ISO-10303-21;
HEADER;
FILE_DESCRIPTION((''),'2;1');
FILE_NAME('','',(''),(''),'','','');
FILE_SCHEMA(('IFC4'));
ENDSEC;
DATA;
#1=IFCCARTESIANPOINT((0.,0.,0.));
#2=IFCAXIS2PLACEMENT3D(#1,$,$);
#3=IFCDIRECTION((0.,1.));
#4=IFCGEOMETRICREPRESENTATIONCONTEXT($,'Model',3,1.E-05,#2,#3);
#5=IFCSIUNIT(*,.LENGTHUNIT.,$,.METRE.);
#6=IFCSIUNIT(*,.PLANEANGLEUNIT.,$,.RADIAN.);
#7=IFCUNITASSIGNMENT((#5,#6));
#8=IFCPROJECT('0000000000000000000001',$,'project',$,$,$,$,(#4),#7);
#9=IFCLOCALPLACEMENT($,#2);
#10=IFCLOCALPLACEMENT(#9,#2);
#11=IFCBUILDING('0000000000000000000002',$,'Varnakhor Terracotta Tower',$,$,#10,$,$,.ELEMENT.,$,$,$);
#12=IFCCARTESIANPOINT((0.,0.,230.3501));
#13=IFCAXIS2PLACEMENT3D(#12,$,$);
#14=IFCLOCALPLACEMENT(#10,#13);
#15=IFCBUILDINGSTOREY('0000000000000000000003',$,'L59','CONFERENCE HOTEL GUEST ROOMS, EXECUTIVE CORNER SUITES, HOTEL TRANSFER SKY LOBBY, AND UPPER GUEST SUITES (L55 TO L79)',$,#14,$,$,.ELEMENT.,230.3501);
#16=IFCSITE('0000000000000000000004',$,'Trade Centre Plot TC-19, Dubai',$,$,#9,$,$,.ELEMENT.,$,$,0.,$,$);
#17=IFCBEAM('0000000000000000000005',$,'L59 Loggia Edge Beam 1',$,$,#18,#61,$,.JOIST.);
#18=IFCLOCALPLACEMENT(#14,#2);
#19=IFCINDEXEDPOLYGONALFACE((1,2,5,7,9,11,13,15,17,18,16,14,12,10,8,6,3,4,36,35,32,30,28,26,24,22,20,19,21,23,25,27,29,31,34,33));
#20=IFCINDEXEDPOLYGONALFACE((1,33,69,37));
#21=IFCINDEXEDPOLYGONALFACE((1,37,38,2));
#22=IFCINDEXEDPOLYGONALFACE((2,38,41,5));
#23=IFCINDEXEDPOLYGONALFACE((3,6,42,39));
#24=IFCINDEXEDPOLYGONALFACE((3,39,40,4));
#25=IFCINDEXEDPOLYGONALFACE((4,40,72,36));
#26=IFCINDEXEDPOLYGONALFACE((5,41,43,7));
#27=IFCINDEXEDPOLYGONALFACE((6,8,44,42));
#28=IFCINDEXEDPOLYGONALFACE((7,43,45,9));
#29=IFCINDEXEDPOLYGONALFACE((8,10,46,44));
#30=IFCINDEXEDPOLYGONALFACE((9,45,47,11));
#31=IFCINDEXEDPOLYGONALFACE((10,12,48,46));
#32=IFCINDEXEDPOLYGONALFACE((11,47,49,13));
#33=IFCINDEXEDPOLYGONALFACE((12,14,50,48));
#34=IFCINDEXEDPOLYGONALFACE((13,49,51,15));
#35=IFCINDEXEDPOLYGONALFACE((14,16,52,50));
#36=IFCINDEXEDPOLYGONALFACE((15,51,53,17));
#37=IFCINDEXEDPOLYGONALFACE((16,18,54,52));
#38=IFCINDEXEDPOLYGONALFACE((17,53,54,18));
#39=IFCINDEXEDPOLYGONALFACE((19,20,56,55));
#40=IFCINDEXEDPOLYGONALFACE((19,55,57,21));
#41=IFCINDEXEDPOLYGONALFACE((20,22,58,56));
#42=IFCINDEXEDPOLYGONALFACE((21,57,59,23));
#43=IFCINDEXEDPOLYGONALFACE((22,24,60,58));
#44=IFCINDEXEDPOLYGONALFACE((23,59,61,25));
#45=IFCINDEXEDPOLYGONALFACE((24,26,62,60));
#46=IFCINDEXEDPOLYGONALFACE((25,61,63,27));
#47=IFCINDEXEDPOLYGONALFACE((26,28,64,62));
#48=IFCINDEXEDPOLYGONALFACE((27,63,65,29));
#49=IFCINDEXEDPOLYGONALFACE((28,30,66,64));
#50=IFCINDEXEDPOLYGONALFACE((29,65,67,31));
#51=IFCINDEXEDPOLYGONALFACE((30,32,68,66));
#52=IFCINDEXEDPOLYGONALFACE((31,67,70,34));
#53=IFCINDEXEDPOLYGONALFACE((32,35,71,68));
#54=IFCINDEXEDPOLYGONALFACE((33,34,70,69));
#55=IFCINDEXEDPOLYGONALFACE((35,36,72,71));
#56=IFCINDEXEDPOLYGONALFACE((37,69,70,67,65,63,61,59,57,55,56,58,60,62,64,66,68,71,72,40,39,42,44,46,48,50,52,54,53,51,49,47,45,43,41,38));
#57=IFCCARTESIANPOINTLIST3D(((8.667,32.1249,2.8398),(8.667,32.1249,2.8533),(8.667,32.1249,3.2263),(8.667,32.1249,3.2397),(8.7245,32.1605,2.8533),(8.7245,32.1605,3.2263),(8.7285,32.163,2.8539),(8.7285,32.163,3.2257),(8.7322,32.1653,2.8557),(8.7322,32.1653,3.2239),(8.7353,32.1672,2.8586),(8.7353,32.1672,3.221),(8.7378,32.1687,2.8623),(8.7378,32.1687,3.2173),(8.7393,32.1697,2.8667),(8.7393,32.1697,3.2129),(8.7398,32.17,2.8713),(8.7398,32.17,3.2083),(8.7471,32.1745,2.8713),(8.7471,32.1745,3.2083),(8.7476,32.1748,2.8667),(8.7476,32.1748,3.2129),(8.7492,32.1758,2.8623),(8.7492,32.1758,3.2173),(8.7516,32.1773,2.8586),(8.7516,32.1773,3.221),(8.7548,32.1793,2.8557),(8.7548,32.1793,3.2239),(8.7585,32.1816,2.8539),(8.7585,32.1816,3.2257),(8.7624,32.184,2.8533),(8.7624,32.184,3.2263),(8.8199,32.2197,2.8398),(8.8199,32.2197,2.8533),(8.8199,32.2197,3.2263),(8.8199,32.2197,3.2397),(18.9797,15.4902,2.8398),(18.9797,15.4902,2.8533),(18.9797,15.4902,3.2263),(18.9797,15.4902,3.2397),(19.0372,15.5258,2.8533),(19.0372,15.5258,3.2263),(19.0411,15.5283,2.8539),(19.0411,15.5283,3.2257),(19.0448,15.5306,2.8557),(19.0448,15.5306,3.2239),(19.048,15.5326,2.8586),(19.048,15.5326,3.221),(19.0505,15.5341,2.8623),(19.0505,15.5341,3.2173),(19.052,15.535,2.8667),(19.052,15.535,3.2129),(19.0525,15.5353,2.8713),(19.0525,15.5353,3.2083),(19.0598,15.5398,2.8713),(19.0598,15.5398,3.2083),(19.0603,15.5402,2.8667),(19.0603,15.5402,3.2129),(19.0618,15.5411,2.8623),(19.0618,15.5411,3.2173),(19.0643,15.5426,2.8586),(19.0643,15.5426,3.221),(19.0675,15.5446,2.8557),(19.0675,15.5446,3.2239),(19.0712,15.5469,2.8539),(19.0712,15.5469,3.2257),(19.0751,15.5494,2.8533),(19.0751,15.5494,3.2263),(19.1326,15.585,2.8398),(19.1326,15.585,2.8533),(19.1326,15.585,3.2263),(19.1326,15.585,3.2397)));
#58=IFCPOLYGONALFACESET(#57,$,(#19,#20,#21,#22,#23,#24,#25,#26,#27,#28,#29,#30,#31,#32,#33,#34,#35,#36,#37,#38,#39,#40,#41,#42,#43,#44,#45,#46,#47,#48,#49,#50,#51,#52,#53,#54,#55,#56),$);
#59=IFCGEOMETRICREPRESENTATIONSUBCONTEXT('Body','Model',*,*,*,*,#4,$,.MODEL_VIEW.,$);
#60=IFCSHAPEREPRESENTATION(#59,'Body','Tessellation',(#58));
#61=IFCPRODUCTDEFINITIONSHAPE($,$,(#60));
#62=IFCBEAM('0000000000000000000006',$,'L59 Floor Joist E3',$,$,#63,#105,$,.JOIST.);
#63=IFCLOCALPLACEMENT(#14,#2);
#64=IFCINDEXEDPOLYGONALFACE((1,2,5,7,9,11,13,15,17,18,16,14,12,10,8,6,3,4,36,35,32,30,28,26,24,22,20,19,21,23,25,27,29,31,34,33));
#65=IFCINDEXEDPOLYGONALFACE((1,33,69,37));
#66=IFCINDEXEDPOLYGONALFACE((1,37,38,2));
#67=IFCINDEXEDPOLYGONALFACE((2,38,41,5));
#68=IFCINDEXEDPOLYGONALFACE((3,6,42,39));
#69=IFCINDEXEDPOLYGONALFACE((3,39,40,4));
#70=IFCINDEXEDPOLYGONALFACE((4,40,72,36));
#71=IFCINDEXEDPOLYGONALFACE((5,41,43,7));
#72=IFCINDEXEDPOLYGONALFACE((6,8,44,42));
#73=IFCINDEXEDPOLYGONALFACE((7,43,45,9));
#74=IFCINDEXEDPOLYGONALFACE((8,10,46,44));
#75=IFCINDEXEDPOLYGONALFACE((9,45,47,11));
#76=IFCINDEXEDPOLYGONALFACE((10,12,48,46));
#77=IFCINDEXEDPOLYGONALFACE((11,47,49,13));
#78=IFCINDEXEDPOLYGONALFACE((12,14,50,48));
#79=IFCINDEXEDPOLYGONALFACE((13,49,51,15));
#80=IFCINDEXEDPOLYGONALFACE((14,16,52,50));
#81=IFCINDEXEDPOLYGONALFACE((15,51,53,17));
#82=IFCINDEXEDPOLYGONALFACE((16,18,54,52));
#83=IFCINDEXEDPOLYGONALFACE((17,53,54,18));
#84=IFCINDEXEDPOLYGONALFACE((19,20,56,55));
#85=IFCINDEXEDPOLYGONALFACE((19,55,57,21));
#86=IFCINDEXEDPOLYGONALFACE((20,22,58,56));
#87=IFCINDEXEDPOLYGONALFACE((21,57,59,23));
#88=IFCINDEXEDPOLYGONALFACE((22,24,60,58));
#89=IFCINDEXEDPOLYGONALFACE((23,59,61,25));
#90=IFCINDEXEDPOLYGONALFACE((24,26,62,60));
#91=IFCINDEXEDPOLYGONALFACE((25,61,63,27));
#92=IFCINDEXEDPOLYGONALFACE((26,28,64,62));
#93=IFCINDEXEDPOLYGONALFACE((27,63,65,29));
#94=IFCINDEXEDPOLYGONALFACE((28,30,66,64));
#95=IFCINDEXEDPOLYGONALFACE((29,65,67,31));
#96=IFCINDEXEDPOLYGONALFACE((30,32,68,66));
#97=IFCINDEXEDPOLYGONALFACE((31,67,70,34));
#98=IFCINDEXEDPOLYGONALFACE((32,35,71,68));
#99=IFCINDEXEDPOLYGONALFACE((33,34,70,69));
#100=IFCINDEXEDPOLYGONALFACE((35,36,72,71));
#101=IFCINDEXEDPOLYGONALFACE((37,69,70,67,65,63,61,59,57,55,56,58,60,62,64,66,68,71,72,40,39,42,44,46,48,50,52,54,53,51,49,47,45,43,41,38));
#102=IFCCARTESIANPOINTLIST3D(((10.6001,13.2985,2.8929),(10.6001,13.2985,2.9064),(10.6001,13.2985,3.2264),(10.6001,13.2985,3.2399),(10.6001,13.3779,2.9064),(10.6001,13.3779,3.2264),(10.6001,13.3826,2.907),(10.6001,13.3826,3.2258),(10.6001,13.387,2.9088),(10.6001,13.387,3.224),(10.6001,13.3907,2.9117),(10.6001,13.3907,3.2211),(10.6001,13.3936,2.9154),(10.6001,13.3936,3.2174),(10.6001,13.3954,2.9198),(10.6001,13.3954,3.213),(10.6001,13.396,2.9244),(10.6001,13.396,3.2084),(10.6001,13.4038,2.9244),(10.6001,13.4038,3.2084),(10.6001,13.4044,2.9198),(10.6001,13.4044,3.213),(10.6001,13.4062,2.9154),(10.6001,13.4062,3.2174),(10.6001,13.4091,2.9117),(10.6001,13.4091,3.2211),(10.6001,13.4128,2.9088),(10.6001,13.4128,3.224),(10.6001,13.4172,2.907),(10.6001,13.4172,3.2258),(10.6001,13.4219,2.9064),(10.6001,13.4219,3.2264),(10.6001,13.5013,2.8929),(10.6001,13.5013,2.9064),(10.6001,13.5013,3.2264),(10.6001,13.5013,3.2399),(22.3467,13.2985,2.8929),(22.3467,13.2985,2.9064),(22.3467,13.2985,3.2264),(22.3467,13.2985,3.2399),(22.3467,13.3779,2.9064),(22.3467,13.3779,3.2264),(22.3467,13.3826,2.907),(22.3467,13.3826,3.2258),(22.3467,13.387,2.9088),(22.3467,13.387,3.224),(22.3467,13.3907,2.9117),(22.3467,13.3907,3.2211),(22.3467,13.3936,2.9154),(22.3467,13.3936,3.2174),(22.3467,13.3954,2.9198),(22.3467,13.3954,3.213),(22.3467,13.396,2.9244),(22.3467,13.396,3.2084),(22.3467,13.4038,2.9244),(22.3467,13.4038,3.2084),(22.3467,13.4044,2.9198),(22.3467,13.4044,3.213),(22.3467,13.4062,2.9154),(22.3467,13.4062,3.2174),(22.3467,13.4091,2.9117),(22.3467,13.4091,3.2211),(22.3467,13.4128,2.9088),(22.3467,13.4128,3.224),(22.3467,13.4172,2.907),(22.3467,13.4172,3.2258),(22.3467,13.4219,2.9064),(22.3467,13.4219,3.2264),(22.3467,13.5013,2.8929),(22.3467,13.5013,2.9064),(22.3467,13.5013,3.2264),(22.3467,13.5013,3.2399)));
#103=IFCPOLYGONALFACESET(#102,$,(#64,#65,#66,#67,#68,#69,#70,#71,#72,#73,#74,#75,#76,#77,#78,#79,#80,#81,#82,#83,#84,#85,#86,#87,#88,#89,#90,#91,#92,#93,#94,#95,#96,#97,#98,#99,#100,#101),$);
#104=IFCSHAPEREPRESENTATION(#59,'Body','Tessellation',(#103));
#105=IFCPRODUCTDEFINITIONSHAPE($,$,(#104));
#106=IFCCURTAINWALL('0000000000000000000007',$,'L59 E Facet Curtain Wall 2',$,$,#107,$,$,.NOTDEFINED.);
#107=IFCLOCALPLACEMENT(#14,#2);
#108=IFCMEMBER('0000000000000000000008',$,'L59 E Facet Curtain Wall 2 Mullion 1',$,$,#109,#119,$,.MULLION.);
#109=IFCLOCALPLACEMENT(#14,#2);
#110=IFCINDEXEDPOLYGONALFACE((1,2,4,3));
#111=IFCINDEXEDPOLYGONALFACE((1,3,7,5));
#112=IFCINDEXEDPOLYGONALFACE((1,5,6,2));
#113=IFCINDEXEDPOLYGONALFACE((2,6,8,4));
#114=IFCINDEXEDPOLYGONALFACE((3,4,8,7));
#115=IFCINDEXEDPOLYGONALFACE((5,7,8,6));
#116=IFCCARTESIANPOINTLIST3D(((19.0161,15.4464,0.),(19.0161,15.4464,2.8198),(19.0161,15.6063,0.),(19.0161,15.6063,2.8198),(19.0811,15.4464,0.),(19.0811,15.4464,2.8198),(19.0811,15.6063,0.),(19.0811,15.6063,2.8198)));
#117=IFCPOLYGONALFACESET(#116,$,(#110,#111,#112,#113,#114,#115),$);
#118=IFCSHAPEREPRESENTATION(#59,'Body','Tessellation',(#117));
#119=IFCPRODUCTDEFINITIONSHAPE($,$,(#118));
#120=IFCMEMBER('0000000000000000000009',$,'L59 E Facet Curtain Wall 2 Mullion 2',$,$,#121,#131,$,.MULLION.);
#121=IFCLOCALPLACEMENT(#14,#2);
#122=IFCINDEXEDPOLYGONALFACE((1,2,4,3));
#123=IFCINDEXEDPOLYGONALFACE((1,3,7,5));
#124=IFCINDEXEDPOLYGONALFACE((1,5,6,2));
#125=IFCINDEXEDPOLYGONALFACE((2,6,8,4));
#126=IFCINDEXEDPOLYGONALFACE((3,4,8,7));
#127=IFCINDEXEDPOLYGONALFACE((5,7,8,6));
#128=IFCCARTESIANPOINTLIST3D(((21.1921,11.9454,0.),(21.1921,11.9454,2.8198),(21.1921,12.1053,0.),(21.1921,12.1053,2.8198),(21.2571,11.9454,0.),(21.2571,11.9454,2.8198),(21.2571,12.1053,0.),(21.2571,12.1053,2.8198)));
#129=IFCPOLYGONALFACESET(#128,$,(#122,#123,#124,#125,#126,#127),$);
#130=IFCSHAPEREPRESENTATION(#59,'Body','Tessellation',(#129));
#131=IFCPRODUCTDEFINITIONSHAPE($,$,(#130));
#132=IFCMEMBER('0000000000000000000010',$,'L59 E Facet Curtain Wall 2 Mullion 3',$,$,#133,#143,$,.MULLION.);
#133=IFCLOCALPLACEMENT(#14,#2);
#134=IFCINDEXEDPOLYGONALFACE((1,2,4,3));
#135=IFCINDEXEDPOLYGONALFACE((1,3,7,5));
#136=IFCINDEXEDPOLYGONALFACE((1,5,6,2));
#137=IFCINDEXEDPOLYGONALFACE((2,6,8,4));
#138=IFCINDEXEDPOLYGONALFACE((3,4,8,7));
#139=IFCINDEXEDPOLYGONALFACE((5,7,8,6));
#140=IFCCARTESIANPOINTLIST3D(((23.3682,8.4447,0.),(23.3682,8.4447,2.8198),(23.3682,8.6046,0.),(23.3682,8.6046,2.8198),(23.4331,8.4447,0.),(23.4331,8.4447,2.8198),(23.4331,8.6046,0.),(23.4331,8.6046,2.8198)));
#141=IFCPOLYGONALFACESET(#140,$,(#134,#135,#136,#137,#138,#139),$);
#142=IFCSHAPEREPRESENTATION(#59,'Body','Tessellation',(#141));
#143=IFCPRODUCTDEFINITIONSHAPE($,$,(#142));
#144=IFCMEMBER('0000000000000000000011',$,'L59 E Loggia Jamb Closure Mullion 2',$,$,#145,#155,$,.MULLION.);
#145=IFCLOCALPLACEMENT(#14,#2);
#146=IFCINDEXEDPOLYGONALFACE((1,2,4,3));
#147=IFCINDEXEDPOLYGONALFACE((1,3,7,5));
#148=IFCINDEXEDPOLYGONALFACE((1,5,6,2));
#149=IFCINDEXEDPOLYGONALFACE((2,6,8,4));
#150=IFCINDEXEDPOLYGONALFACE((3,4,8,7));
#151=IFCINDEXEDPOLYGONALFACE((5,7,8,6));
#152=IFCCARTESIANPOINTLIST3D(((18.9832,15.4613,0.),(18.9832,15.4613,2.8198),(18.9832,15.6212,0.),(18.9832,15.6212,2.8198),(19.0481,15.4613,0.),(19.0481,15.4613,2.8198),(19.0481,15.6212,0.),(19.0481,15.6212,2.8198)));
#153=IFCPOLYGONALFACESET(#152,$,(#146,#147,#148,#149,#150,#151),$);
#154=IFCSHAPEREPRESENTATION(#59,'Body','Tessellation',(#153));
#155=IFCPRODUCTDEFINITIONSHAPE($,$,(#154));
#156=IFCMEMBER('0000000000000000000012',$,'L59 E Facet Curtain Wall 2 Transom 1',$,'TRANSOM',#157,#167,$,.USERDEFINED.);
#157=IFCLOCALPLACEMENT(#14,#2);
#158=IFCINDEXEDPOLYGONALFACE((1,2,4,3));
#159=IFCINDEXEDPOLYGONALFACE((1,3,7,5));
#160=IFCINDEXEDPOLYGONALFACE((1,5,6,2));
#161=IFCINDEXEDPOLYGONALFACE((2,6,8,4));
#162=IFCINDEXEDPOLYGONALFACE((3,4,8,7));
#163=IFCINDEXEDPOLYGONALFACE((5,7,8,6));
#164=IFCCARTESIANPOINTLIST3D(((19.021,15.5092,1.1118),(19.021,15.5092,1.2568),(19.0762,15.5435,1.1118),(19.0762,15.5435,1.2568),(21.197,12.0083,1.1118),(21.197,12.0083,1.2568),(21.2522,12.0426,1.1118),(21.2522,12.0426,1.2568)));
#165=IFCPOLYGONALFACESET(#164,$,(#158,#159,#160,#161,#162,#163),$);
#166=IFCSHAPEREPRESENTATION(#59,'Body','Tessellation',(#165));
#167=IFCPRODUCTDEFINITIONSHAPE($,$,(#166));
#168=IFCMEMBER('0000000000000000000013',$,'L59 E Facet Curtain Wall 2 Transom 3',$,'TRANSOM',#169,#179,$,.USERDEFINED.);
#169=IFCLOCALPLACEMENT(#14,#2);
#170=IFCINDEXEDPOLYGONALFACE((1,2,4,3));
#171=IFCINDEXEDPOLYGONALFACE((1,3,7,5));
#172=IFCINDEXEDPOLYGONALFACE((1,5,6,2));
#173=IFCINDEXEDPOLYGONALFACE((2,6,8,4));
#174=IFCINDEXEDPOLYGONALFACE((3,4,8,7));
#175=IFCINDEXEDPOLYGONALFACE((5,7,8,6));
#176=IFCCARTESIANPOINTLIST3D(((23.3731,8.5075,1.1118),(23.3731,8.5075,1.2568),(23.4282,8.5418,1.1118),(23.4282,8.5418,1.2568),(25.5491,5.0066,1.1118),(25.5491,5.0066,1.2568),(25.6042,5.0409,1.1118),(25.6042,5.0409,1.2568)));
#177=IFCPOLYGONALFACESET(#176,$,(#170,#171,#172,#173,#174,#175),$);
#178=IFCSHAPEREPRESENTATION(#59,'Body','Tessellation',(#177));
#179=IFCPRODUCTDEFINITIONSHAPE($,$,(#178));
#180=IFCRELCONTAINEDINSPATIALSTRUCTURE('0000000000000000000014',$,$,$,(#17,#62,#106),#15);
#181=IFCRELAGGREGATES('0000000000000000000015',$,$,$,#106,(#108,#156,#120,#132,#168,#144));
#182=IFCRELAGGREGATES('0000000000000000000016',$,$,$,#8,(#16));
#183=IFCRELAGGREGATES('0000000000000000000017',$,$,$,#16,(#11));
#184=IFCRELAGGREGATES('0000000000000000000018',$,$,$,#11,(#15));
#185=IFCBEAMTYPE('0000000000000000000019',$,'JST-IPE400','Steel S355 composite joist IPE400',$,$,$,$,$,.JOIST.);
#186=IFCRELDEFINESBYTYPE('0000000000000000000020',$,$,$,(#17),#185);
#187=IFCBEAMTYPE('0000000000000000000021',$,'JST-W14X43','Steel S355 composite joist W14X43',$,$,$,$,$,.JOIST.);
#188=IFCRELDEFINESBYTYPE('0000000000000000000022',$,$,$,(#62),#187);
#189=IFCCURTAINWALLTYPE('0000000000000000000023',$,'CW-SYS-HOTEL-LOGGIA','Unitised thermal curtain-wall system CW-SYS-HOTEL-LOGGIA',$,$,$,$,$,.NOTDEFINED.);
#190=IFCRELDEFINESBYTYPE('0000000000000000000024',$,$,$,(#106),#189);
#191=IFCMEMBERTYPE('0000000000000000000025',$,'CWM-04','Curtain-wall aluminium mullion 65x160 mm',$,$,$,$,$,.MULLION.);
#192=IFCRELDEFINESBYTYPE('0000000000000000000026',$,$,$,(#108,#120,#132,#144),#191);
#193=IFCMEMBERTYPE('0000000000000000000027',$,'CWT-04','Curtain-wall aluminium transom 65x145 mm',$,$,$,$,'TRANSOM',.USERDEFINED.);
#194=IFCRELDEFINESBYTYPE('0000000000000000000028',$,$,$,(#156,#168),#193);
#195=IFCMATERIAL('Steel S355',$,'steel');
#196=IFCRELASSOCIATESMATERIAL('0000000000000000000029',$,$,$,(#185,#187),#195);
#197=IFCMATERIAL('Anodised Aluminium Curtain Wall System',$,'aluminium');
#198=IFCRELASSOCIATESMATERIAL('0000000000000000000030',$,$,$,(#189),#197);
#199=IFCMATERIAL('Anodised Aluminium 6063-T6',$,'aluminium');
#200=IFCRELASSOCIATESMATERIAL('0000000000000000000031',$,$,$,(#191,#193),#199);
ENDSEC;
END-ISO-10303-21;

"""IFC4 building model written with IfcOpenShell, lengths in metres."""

from ifc_helpers import new_model, si_unit, direction, frame, origin, origin_2d, place, context, subcontext, project, spatial, rectangle, i_section, extrude, source, transform, mapped, material, material_profile, profile_set, type_object, element, aggregate, save


model = new_model("IFC4")

# Units and contexts
model_context = context("Model", 3, precision=1e-05, world=origin(), true_north=direction((0.0, 1.0)))
body_context = subcontext(model_context, "Body", "Model", "MODEL_VIEW")
ifc_project = project(units=[si_unit("LENGTHUNIT", "METRE"), si_unit("PLANEANGLEUNIT", "RADIAN")], contexts=[model_context])

# Site, building, storey
site_placement = place(None, origin())
site = spatial("IfcSite", under=ifc_project, at=site_placement, Name="Trade Centre Plot TC-19, Dubai", CompositionType="ELEMENT", RefElevation=0.0)
building_placement = place(site_placement, origin())
building = spatial("IfcBuilding", under=site, at=building_placement, Name="Varnakhor Terracotta Tower", CompositionType="ELEMENT")
storey_placement = place(building_placement, frame((0.0, 0.0, 230.3501)))
storey = spatial("IfcBuildingStorey", under=building, at=storey_placement, Name="L59", Description="CONFERENCE HOTEL GUEST ROOMS, EXECUTIVE CORNER SUITES, HOTEL TRANSFER SKY LOBBY, AND UPPER GUEST SUITES (L55 TO L79)", CompositionType="ELEMENT", Elevation=230.3501)

# Beams
ifc_material_1 = material(Name="Steel S355", Category="steel")
ifc_material_profile_1 = material_profile(ifc_material_1, i_section(OverallWidth=0.1799, OverallDepth=0.3999, WebThickness=0.0085, FlangeThickness=0.0134, FilletRadius=0.0181, at=origin_2d()), Name="IPE400")
ifc_profile_set_1 = profile_set([ifc_material_profile_1], Name="Steel S355")
beam_type_1 = type_object("IfcBeamType", Name="JST-IPE400", Description="Steel S355 composite joist IPE400", PredefinedType="JOIST", material=ifc_profile_set_1)
shared_shape_1 = source(origin(), body_context, "Body", "SweptSolid", [
    extrude(i_section(OverallWidth=0.1799, OverallDepth=0.3999, WebThickness=0.0085, FlangeThickness=0.0134, FilletRadius=0.0181, at=origin_2d()), origin(), (0.0, 0.0, 1.0), 19.572),
])
beam_1_placement = place(storey_placement, frame((19.0562, 15.5376, 3.0398), z_axis=(-0.52691, 0.849921, 0.0), x_axis=(-0.849921, -0.52691, 0.0)))
element("IfcBeam", 1, at=beam_1_placement, inside=storey, type_object=beam_type_1, Name="L59 Loggia Edge Beam 1", PredefinedType="JOIST", context=body_context, shape_type="MappedRepresentation", body=[
    mapped(shared_shape_1, transform((0.0, 0.0, 0.0), scale=1.0)),
])
ifc_material_profile_2 = material_profile(ifc_material_1, i_section(OverallWidth=0.2029, OverallDepth=0.3469, WebThickness=0.0078, FlangeThickness=0.0134, FilletRadius=0.0181, at=origin_2d()), Name="W14X43")
ifc_profile_set_2 = profile_set([ifc_material_profile_2], Name="Steel S355")
beam_type_2 = type_object("IfcBeamType", Name="JST-W14X43", Description="Steel S355 composite joist W14X43", PredefinedType="JOIST", material=ifc_profile_set_2)
shared_shape_2 = source(origin(), body_context, "Body", "SweptSolid", [
    extrude(i_section(OverallWidth=0.2029, OverallDepth=0.3469, WebThickness=0.0078, FlangeThickness=0.0134, FilletRadius=0.0181, at=origin_2d()), origin(), (0.0, 0.0, 1.0), 11.7466),
])
beam_2_placement = place(storey_placement, frame((10.6001, 13.3999, 3.0664), z_axis=(1.0, 0.0, 0.0), x_axis=(0.0, 1.0, 0.0)))
element("IfcBeam", 2, at=beam_2_placement, inside=storey, type_object=beam_type_2, Name="L59 Floor Joist E3", PredefinedType="JOIST", context=body_context, shape_type="MappedRepresentation", body=[
    mapped(shared_shape_2, transform((0.0, 0.0, 0.0), scale=1.0)),
])

# Curtain wall, members
ifc_material_2 = material(Name="Anodised Aluminium Curtain Wall System", Category="aluminium")
curtain_wall_type = type_object("IfcCurtainWallType", Name="CW-SYS-HOTEL-LOGGIA", Description="Unitised thermal curtain-wall system CW-SYS-HOTEL-LOGGIA", PredefinedType="NOTDEFINED", material=ifc_material_2)
curtain_wall_placement = place(storey_placement, origin())
curtain_wall = element("IfcCurtainWall", 3, at=curtain_wall_placement, inside=storey, type_object=curtain_wall_type, Name="L59 E Facet Curtain Wall 2", PredefinedType="NOTDEFINED")
ifc_material_3 = material(Name="Anodised Aluminium 6063-T6", Category="aluminium")
ifc_material_profile_3 = material_profile(ifc_material_3, rectangle(XDim=0.0649, YDim=0.1599, at=origin_2d()), Name="ALU MULLION 65x160")
ifc_profile_set_3 = profile_set([ifc_material_profile_3], Name="Anodised Aluminium 6063-T6")
member_type_1 = type_object("IfcMemberType", Name="CWM-04", Description="Curtain-wall aluminium mullion 65x160 mm", PredefinedType="MULLION", material=ifc_profile_set_3)
shared_shape_3 = source(origin(), body_context, "Body", "SweptSolid", [
    extrude(rectangle(XDim=0.0649, YDim=0.1599, at=origin_2d()), origin(), (0.0, 0.0, 1.0), 2.8198),
])
member_1_placement = place(storey_placement, frame((19.0486, 15.5264, 0.0), z_axis=(0.0, 0.0, 1.0), x_axis=(1.0, 0.0, 0.0)))
member_1 = element("IfcMember", 4, at=member_1_placement, type_object=member_type_1, Name="L59 E Facet Curtain Wall 2 Mullion 1", PredefinedType="MULLION", context=body_context, shape_type="MappedRepresentation", body=[
    mapped(shared_shape_3, transform((0.0, 0.0, 0.0), scale=1.0)),
])
member_2_placement = place(storey_placement, frame((21.2246, 12.0254, 0.0), z_axis=(0.0, 0.0, 1.0), x_axis=(1.0, 0.0, 0.0)))
member_2 = element("IfcMember", 5, at=member_2_placement, type_object=member_type_1, Name="L59 E Facet Curtain Wall 2 Mullion 2", PredefinedType="MULLION", context=body_context, shape_type="MappedRepresentation", body=[
    mapped(shared_shape_3, transform((0.0, 0.0, 0.0), scale=1.0)),
])
member_3_placement = place(storey_placement, frame((23.4006, 8.5247, 0.0), z_axis=(0.0, 0.0, 1.0), x_axis=(1.0, 0.0, 0.0)))
member_3 = element("IfcMember", 6, at=member_3_placement, type_object=member_type_1, Name="L59 E Facet Curtain Wall 2 Mullion 3", PredefinedType="MULLION", context=body_context, shape_type="MappedRepresentation", body=[
    mapped(shared_shape_3, transform((0.0, 0.0, 0.0), scale=1.0)),
])
member_4_placement = place(storey_placement, frame((19.0156, 15.5413, 0.0), z_axis=(0.0, 0.0, 1.0), x_axis=(1.0, 0.0, 0.0)))
member_4 = element("IfcMember", 7, at=member_4_placement, type_object=member_type_1, Name="L59 E Loggia Jamb Closure Mullion 2", PredefinedType="MULLION", context=body_context, shape_type="MappedRepresentation", body=[
    mapped(shared_shape_3, transform((0.0, 0.0, 0.0), scale=1.0)),
])
ifc_material_profile_4 = material_profile(ifc_material_3, rectangle(XDim=0.0649, YDim=0.145, at=origin_2d()), Name="ALU TRANSOM 65x145")
ifc_profile_set_4 = profile_set([ifc_material_profile_4], Name="Anodised Aluminium 6063-T6")
member_type_2 = type_object("IfcMemberType", Name="CWT-04", Description="Curtain-wall aluminium transom 65x145 mm", ElementType="TRANSOM", PredefinedType="USERDEFINED", material=ifc_profile_set_4)
shared_shape_4 = source(origin(), body_context, "Body", "SweptSolid", [
    extrude(rectangle(XDim=0.0649, YDim=0.145, at=origin_2d()), origin(), (0.0, 0.0, 1.0), 4.1221),
])
member_5_placement = place(storey_placement, frame((19.0486, 15.5264, 1.1843), z_axis=(0.527889, -0.849313, 0.0), x_axis=(0.849313, 0.527889, 0.0)))
member_5 = element("IfcMember", 8, at=member_5_placement, type_object=member_type_2, Name="L59 E Facet Curtain Wall 2 Transom 1", ObjectType="TRANSOM", PredefinedType="USERDEFINED", context=body_context, shape_type="MappedRepresentation", body=[
    mapped(shared_shape_4, transform((0.0, 0.0, 0.0), scale=1.0)),
])
member_6_placement = place(storey_placement, frame((23.4006, 8.5247, 1.1843), z_axis=(0.527889, -0.849313, 0.0), x_axis=(0.849313, 0.527889, 0.0)))
member_6 = element("IfcMember", 9, at=member_6_placement, type_object=member_type_2, Name="L59 E Facet Curtain Wall 2 Transom 3", ObjectType="TRANSOM", PredefinedType="USERDEFINED", context=body_context, shape_type="MappedRepresentation", body=[
    mapped(shared_shape_4, transform((0.0, 0.0, 0.0), scale=1.0)),
])

aggregate(curtain_wall, [member_1, member_5, member_2, member_3, member_6, member_4])

save(model, "model.ifc")
